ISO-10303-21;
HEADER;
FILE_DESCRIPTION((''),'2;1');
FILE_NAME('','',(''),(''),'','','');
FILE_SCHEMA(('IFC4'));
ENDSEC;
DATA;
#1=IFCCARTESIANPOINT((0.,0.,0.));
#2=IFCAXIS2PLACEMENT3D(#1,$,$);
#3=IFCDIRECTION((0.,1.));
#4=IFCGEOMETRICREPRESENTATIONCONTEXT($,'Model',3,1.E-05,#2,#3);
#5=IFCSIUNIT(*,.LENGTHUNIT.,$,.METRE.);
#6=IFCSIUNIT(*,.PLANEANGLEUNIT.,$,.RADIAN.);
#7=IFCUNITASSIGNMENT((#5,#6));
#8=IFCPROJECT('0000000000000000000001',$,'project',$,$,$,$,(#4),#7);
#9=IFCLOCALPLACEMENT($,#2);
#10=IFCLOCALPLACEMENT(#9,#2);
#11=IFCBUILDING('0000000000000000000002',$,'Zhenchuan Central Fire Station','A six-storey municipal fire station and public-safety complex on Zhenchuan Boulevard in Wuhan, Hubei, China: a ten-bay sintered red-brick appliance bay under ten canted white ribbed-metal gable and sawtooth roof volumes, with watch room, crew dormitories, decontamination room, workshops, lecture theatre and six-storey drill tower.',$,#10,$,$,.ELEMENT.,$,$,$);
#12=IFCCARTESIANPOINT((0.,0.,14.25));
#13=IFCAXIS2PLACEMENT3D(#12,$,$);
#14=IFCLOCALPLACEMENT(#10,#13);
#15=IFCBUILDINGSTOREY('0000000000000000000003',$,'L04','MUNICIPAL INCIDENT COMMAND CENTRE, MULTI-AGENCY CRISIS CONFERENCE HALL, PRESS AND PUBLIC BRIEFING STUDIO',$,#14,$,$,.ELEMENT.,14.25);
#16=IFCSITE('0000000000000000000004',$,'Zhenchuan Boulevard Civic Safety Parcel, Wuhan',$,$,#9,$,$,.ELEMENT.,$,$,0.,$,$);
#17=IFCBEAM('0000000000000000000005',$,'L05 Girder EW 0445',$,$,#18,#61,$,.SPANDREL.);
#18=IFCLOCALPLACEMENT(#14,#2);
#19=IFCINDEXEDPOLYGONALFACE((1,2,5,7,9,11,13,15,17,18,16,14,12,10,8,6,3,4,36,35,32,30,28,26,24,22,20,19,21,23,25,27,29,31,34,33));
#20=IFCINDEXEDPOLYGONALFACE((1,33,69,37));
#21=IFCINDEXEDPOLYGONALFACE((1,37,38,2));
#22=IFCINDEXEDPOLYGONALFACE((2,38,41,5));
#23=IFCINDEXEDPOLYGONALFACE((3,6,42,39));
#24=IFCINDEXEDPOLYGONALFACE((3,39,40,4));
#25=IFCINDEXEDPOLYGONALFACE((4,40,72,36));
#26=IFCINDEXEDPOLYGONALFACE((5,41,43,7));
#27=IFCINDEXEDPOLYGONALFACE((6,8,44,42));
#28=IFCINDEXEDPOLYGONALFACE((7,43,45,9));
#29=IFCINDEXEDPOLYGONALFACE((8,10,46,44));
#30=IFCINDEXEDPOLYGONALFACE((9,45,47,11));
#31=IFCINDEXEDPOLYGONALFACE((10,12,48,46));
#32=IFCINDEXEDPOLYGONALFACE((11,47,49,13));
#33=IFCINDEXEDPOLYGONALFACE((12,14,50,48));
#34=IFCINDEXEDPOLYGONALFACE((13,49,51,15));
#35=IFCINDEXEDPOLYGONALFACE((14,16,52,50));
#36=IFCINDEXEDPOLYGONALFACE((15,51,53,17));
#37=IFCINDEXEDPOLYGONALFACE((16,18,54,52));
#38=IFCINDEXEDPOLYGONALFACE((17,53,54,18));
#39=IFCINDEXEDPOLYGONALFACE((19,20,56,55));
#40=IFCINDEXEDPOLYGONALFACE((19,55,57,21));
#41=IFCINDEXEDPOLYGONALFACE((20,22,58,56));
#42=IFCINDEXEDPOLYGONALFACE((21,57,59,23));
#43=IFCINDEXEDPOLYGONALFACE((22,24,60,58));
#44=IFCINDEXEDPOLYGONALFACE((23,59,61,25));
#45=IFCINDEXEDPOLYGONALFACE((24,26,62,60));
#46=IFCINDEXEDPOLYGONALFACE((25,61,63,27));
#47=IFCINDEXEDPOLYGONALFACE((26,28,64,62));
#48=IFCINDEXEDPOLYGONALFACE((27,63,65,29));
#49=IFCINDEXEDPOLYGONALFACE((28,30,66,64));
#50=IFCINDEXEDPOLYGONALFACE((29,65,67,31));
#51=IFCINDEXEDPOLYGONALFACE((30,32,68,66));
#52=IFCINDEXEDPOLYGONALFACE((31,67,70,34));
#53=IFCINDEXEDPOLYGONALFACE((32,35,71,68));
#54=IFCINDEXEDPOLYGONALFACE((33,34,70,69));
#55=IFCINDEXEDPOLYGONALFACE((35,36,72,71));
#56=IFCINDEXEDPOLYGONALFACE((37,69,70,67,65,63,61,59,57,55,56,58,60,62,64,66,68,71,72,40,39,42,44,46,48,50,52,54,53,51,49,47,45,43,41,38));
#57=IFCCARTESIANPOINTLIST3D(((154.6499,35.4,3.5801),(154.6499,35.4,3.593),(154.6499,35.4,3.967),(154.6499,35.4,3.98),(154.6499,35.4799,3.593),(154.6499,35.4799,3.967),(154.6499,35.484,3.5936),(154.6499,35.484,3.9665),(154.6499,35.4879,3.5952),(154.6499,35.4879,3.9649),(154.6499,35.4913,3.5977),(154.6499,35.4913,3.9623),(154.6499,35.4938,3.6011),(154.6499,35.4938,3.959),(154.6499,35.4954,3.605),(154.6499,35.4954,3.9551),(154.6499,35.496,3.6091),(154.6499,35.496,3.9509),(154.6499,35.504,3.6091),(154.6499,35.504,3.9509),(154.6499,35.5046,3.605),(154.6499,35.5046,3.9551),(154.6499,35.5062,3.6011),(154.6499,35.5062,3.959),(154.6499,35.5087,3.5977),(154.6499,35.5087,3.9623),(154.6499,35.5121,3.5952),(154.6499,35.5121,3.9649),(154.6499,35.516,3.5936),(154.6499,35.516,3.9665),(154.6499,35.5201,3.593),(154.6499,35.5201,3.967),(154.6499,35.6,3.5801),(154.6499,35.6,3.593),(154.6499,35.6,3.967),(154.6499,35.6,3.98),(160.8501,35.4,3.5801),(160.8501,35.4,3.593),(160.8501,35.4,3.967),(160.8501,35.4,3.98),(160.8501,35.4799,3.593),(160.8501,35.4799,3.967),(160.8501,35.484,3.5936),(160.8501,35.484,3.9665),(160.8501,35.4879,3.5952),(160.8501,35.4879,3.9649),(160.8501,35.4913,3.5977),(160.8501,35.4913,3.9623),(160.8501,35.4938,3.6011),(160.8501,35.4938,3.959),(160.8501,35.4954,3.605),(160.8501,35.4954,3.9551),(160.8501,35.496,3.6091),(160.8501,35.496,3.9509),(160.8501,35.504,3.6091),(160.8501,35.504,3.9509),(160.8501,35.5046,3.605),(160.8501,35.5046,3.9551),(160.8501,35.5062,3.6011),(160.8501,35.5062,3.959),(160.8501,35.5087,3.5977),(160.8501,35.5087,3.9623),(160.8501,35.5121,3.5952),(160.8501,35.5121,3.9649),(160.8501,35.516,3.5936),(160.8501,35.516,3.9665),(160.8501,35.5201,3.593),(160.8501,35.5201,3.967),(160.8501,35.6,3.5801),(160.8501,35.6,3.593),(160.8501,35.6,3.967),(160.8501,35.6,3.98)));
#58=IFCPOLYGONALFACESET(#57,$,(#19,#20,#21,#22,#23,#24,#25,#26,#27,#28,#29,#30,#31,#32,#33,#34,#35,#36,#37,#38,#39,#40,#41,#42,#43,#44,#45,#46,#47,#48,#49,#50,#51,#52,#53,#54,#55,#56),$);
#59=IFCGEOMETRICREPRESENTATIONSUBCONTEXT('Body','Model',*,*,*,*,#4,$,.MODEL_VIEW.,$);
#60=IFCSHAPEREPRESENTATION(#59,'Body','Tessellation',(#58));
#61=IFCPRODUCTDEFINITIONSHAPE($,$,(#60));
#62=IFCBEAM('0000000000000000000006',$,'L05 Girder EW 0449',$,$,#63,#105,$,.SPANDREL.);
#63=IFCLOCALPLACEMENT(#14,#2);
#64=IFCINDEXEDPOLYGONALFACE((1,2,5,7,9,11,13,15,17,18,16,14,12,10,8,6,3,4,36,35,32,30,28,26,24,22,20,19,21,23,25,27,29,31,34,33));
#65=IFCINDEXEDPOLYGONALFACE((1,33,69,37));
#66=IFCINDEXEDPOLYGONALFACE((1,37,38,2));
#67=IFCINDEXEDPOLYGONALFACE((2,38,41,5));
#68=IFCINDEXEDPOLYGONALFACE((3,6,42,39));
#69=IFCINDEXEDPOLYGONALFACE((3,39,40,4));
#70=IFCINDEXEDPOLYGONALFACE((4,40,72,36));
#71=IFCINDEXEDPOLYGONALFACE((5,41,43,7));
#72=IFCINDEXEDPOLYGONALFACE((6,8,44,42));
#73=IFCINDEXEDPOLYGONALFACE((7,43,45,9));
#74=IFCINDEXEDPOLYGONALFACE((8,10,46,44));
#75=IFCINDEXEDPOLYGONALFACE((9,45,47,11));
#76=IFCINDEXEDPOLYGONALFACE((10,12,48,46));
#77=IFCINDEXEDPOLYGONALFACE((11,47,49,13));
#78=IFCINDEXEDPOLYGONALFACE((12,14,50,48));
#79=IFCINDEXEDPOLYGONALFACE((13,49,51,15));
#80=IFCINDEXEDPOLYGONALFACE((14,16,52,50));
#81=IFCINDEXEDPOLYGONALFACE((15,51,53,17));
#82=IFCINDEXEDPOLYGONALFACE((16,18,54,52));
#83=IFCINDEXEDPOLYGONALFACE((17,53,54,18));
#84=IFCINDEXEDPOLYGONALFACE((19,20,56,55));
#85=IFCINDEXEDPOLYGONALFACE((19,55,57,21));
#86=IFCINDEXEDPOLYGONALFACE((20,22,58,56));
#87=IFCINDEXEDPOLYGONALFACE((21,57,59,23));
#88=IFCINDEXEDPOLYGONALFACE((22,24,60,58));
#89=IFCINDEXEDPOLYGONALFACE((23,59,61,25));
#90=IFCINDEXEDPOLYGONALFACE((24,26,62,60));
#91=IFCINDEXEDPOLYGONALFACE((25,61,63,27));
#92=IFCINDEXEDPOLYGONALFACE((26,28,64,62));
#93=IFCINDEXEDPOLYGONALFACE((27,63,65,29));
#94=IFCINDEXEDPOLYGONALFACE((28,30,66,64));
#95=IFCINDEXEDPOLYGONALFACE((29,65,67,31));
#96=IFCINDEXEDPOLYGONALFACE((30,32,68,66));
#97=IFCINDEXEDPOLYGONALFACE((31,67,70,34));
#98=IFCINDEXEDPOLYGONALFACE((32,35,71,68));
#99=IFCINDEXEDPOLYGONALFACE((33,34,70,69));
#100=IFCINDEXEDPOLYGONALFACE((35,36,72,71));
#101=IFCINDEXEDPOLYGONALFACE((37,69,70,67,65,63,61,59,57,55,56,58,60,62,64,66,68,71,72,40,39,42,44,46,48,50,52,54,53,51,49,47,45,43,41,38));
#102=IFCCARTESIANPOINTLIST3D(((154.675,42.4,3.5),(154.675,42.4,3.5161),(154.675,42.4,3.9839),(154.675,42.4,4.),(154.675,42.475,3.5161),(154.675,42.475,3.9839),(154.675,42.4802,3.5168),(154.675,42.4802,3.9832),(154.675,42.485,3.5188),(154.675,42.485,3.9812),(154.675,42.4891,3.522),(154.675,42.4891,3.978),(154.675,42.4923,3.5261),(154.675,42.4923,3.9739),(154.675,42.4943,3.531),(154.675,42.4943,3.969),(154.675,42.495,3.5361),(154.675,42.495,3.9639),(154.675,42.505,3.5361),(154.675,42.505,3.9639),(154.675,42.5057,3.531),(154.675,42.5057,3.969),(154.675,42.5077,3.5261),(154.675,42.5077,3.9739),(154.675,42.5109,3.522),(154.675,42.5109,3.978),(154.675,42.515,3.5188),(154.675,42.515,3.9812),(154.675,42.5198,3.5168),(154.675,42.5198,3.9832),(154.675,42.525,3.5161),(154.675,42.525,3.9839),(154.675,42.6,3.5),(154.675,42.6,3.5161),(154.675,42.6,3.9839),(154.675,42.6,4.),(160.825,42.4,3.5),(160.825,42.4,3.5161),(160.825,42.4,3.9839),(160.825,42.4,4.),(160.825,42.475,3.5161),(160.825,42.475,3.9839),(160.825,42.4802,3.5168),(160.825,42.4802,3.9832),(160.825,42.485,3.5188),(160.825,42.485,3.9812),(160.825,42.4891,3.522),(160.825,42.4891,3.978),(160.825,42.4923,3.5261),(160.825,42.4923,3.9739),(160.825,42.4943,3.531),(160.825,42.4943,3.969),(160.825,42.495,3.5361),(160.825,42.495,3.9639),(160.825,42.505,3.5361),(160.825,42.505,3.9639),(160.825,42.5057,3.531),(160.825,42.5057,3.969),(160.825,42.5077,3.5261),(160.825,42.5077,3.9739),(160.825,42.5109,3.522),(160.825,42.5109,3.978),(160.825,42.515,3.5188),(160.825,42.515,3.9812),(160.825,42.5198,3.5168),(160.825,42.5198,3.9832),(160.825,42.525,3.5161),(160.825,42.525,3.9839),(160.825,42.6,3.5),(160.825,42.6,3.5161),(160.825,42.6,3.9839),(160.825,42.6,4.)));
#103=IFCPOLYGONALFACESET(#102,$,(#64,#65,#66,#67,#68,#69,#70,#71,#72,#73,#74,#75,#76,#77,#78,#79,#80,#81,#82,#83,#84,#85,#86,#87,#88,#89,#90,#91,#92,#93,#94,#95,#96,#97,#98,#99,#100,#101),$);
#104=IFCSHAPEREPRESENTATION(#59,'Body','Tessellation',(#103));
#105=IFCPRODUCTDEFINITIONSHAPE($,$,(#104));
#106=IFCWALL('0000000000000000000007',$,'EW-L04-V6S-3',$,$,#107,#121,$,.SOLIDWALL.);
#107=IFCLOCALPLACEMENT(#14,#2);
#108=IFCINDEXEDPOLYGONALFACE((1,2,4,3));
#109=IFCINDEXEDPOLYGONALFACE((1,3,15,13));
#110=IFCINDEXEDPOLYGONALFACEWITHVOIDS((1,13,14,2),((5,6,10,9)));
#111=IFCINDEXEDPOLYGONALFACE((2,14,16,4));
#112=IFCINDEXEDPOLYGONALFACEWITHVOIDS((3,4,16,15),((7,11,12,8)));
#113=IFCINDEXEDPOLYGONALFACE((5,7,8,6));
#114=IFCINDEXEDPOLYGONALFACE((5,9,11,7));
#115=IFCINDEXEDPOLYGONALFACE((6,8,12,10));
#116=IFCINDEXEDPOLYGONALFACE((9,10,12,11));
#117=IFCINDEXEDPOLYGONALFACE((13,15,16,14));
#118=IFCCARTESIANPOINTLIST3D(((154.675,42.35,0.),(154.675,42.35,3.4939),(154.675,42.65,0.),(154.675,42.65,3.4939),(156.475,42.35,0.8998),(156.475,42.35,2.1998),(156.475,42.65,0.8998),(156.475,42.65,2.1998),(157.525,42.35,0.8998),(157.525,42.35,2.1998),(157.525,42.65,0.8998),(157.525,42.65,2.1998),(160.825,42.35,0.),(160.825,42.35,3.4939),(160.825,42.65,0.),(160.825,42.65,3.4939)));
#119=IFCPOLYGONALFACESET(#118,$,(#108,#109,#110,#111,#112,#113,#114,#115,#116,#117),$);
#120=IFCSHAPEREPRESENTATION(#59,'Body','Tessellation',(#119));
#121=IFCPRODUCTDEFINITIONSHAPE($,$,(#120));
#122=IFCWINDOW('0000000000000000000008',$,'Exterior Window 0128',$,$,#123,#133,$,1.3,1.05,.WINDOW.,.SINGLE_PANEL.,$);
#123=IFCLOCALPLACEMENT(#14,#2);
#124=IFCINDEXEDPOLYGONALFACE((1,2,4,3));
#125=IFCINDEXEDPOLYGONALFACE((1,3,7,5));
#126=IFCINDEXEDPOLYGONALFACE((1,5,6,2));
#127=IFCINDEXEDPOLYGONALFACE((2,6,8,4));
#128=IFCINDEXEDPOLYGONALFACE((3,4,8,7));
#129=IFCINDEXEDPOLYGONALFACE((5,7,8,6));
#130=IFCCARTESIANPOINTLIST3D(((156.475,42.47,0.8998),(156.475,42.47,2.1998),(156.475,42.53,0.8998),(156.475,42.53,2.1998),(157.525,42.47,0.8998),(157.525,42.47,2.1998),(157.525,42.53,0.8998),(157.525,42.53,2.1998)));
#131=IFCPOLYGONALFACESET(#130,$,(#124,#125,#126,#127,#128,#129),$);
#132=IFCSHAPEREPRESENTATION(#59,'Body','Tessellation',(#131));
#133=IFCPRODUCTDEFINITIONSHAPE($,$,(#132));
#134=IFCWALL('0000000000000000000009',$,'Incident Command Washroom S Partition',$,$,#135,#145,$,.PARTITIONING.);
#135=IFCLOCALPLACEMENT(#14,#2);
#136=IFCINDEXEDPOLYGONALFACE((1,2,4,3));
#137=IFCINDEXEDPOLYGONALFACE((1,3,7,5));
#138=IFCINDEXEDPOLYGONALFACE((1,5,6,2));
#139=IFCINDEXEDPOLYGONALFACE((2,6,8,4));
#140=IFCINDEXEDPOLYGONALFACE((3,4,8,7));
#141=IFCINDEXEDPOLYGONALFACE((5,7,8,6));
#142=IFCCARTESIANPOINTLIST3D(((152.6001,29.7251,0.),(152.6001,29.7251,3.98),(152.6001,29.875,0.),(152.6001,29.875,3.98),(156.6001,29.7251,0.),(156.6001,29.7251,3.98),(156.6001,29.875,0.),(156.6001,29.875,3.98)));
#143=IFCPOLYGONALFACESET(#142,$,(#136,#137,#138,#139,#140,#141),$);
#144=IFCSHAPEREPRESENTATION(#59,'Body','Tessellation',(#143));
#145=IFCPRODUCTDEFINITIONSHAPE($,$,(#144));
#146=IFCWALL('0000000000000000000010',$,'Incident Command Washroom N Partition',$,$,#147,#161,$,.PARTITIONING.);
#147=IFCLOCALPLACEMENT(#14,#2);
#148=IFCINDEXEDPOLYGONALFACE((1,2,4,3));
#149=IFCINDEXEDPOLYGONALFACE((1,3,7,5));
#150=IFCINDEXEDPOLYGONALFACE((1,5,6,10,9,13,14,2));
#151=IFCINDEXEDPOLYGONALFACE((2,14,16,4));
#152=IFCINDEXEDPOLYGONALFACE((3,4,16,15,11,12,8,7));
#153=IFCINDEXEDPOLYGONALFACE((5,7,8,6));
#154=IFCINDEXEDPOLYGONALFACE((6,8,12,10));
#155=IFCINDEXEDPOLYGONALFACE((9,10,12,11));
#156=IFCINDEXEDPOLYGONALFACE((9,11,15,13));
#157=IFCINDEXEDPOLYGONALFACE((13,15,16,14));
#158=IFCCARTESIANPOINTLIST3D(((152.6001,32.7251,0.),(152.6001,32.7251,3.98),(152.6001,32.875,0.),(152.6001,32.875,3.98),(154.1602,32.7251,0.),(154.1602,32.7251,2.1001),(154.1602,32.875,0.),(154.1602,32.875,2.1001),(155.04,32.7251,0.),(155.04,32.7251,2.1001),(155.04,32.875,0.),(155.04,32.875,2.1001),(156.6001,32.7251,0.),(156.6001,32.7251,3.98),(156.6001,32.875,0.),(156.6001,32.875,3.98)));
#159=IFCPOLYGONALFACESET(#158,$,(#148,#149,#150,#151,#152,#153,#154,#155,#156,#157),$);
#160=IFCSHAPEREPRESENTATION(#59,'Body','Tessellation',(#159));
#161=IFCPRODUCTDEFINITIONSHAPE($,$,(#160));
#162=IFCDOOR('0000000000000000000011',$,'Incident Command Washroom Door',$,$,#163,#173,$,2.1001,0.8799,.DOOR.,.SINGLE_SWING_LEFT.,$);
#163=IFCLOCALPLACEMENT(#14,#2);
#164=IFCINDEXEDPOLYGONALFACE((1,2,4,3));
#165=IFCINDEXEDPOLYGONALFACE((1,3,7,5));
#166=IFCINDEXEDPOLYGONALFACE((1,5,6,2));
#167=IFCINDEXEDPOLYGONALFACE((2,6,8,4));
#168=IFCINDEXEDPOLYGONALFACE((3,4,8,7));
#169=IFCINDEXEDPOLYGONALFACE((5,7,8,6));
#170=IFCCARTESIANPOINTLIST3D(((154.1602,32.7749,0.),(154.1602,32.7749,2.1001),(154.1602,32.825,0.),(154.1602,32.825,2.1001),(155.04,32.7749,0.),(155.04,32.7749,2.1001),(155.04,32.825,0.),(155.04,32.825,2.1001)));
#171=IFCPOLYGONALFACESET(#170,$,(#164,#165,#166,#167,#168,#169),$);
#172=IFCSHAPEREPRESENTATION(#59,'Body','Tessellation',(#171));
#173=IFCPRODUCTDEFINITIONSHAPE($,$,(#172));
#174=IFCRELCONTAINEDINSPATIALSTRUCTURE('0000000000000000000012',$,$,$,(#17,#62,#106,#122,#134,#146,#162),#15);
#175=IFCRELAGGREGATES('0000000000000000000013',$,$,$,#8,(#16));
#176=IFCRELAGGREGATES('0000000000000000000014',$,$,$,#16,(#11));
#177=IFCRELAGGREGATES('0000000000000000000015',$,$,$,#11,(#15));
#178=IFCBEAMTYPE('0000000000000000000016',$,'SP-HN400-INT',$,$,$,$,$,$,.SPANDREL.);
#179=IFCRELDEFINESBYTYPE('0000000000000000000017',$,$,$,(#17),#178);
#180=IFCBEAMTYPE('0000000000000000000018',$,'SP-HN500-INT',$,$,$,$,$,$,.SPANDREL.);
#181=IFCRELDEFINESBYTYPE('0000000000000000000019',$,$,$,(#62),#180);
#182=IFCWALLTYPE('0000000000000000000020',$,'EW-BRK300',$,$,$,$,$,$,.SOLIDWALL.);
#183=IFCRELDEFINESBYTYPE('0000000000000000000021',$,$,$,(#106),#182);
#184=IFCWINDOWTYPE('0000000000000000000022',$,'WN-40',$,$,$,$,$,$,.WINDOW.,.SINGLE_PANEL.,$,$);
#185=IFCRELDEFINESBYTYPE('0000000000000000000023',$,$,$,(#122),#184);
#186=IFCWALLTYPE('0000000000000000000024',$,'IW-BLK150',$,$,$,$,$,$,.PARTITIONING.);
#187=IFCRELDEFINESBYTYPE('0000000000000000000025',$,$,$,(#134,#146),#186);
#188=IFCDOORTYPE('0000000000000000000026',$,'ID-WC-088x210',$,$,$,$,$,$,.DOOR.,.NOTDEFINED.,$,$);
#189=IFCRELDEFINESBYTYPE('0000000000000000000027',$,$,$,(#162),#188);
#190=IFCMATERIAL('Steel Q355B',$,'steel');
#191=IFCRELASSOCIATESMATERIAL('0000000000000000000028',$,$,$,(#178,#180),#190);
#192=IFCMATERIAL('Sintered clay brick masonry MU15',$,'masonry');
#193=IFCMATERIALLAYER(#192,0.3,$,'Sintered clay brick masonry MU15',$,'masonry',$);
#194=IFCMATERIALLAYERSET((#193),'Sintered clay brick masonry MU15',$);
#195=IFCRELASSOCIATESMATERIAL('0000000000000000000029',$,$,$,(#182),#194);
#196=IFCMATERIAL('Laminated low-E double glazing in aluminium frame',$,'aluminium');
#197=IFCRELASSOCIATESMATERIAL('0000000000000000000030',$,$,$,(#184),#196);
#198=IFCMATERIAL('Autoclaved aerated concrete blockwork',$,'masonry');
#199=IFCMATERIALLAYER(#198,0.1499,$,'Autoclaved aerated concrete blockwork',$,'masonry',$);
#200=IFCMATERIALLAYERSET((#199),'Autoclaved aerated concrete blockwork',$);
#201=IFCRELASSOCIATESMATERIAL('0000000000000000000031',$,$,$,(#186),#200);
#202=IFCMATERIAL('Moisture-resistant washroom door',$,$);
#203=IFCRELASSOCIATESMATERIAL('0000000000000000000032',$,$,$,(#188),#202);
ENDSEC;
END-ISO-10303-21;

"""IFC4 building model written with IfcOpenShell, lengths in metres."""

from ifc_helpers import new_model, si_unit, direction, frame, frame_2d, origin, origin_2d, place, context, subcontext, project, spatial, rectangle, i_section, extrude, material, layer, layer_set, material_profile, profile_set, type_object, element, fill, save


model = new_model("IFC4")

# Units and contexts
model_context = context("Model", 3, precision=1e-05, world=origin(), true_north=direction((0.0, 1.0)))
body_context = subcontext(model_context, "Body", "Model", "MODEL_VIEW")
ifc_project = project(units=[si_unit("LENGTHUNIT", "METRE"), si_unit("PLANEANGLEUNIT", "RADIAN")], contexts=[model_context])

# Site, building, storey
site_placement = place(None, origin())
site = spatial("IfcSite", under=ifc_project, at=site_placement, Name="Zhenchuan Boulevard Civic Safety Parcel, Wuhan", CompositionType="ELEMENT", RefElevation=0.0)
building_placement = place(site_placement, origin())
building = spatial("IfcBuilding", under=site, at=building_placement, Name="Zhenchuan Central Fire Station", Description="A six-storey municipal fire station and public-safety complex on Zhenchuan Boulevard in Wuhan, Hubei, China: a ten-bay sintered red-brick appliance bay under ten canted white ribbed-metal gable and sawtooth roof volumes, with watch room, crew dormitories, decontamination room, workshops, lecture theatre and six-storey drill tower.", CompositionType="ELEMENT")
storey_placement = place(building_placement, frame((0.0, 0.0, 14.25)))
storey = spatial("IfcBuildingStorey", under=building, at=storey_placement, Name="L04", Description="MUNICIPAL INCIDENT COMMAND CENTRE, MULTI-AGENCY CRISIS CONFERENCE HALL, PRESS AND PUBLIC BRIEFING STUDIO", CompositionType="ELEMENT", Elevation=14.25)

# Shared definitions
ifc_material_1 = material(Name="Steel Q355B", Category="steel")

# Beams
ifc_material_profile_1 = material_profile(ifc_material_1, i_section(OverallWidth=0.2, OverallDepth=0.3999, WebThickness=0.0081, FlangeThickness=0.0129, FilletRadius=0.0161, at=origin_2d()), Name="HN 400x200")
ifc_profile_set_1 = profile_set([ifc_material_profile_1], Name="Steel Q355B")
beam_type_1 = type_object("IfcBeamType", Name="SP-HN400-INT", PredefinedType="SPANDREL", material=ifc_profile_set_1)
beam_1_placement = place(storey_placement, frame((154.6499, 35.5, 3.78), z_axis=(1.0, 0.0, 0.0), x_axis=(0.0, 1.0, 0.0)))
element("IfcBeam", 1, at=beam_1_placement, inside=storey, type_object=beam_type_1, Name="L05 Girder EW 0445", PredefinedType="SPANDREL", context=body_context, shape_type="SweptSolid", body=[
    extrude(i_section(OverallWidth=0.2, OverallDepth=0.3999, WebThickness=0.0081, FlangeThickness=0.0129, FilletRadius=0.0161, at=origin_2d()), origin(), (0.0, 0.0, 1.0), 6.2002),
])
ifc_material_profile_2 = material_profile(ifc_material_1, i_section(OverallWidth=0.2, OverallDepth=0.5, WebThickness=0.01, FlangeThickness=0.0161, FilletRadius=0.02, at=origin_2d()), Name="HN 500x200")
ifc_profile_set_2 = profile_set([ifc_material_profile_2], Name="Steel Q355B")
beam_type_2 = type_object("IfcBeamType", Name="SP-HN500-INT", PredefinedType="SPANDREL", material=ifc_profile_set_2)
beam_2_placement = place(storey_placement, frame((154.675, 42.5, 3.75), z_axis=(1.0, 0.0, 0.0), x_axis=(0.0, 1.0, 0.0)))
element("IfcBeam", 2, at=beam_2_placement, inside=storey, type_object=beam_type_2, Name="L05 Girder EW 0449", PredefinedType="SPANDREL", context=body_context, shape_type="SweptSolid", body=[
    extrude(i_section(OverallWidth=0.2, OverallDepth=0.5, WebThickness=0.01, FlangeThickness=0.0161, FilletRadius=0.02, at=origin_2d()), origin(), (0.0, 0.0, 1.0), 6.1499),
])

# Wall, opening, window
ifc_material_2 = material(Name="Sintered clay brick masonry MU15", Category="masonry")
ifc_layer_1 = layer(ifc_material_2, 0.3, Name="Sintered clay brick masonry MU15", Category="masonry")
ifc_layer_set_1 = layer_set([ifc_layer_1], Name="Sintered clay brick masonry MU15")
wall_type_1 = type_object("IfcWallType", Name="EW-BRK300", PredefinedType="SOLIDWALL", material=ifc_layer_set_1)
wall_1_placement = place(storey_placement, frame((154.675, 42.5, 0.0), z_axis=(0.0, 0.0, 1.0), x_axis=(1.0, 0.0, 0.0)))
wall_1 = element("IfcWall", 3, at=wall_1_placement, inside=storey, type_object=wall_type_1, Name="EW-L04-V6S-3", PredefinedType="SOLIDWALL", context=body_context, shape_type="SweptSolid", body=[
    extrude(rectangle(XDim=6.1499, YDim=0.3, at=frame_2d((3.075, 0.0))), origin(), (0.0, 0.0, 1.0), 3.4939),
])
opening_1_placement = place(wall_1_placement, frame((1.8, 0.0, 0.8999)))
opening_1 = element("IfcOpeningElement", 4, at=opening_1_placement, cuts=wall_1, PredefinedType="OPENING", context=body_context, shape_type="SweptSolid", body=[
    extrude(rectangle(XDim=1.05, YDim=1.3, at=frame_2d((0.5249, 0.6499))), frame((0.0, 0.1599, 0.0), z_axis=(0.0, -1.0, 0.0), x_axis=(1.0, 0.0, 0.0)), (0.0, 0.0, 1.0), 0.3201),
])
ifc_material_3 = material(Name="Laminated low-E double glazing in aluminium frame", Category="aluminium")
window_type = type_object("IfcWindowType", Name="WN-40", PartitioningType="SINGLE_PANEL", PredefinedType="WINDOW", material=ifc_material_3)
window_placement = place(opening_1_placement, origin())
window = element("IfcWindow", 5, at=window_placement, inside=storey, type_object=window_type, Name="Exterior Window 0128", OverallHeight=1.3, OverallWidth=1.05, PartitioningType="SINGLE_PANEL", PredefinedType="WINDOW", context=body_context, shape_type="SweptSolid", body=[
    extrude(rectangle(XDim=1.05, YDim=1.3, at=frame_2d((0.5249, 0.6499))), frame((0.0, 0.03, 0.0), z_axis=(0.0, -1.0, 0.0), x_axis=(1.0, 0.0, 0.0)), (0.0, 0.0, 1.0), 0.0601),
])
fill(opening_1, window)

# Wall
ifc_material_4 = material(Name="Autoclaved aerated concrete blockwork", Category="masonry")
ifc_layer_2 = layer(ifc_material_4, 0.1499, Name="Autoclaved aerated concrete blockwork", Category="masonry")
ifc_layer_set_2 = layer_set([ifc_layer_2], Name="Autoclaved aerated concrete blockwork")
wall_type_2 = type_object("IfcWallType", Name="IW-BLK150", PredefinedType="PARTITIONING", material=ifc_layer_set_2)
wall_2_placement = place(storey_placement, frame((152.6001, 29.8, 0.0), z_axis=(0.0, 0.0, 1.0), x_axis=(1.0, 0.0, 0.0)))
element("IfcWall", 6, at=wall_2_placement, inside=storey, type_object=wall_type_2, Name="Incident Command Washroom S Partition", PredefinedType="PARTITIONING", context=body_context, shape_type="SweptSolid", body=[
    extrude(rectangle(XDim=4.0, YDim=0.1499, at=frame_2d((2.0, 0.0))), origin(), (0.0, 0.0, 1.0), 3.98),
])

# Wall, opening, door
wall_3_placement = place(storey_placement, frame((152.6001, 32.8, 0.0), z_axis=(0.0, 0.0, 1.0), x_axis=(1.0, 0.0, 0.0)))
wall_3 = element("IfcWall", 7, at=wall_3_placement, inside=storey, type_object=wall_type_2, Name="Incident Command Washroom N Partition", PredefinedType="PARTITIONING", context=body_context, shape_type="SweptSolid", body=[
    extrude(rectangle(XDim=4.0, YDim=0.1499, at=frame_2d((2.0, 0.0))), origin(), (0.0, 0.0, 1.0), 3.98),
])
opening_2_placement = place(wall_3_placement, frame((1.5601, 0.0, 0.0)))
opening_2 = element("IfcOpeningElement", 8, at=opening_2_placement, cuts=wall_3, PredefinedType="OPENING", context=body_context, shape_type="SweptSolid", body=[
    extrude(rectangle(XDim=0.8799, YDim=2.1001, at=frame_2d((0.4399, 1.05))), frame((0.0, 0.085, 0.0), z_axis=(0.0, -1.0, 0.0), x_axis=(1.0, 0.0, 0.0)), (0.0, 0.0, 1.0), 0.1699),
])
ifc_material_5 = material(Name="Moisture-resistant washroom door")
door_type_1 = type_object("IfcDoorType", Name="ID-WC-088x210", OperationType="NOTDEFINED", PredefinedType="DOOR", material=ifc_material_5)
door_1_placement = place(opening_2_placement, origin())
door_1 = element("IfcDoor", 9, at=door_1_placement, inside=storey, type_object=door_type_1, Name="Incident Command Washroom Door", OperationType="SINGLE_SWING_LEFT", OverallHeight=2.1001, OverallWidth=0.8799, PredefinedType="DOOR", context=body_context, shape_type="SweptSolid", body=[
    extrude(rectangle(XDim=0.8799, YDim=2.1001, at=frame_2d((0.4399, 1.05))), frame((0.0, 0.0249, 0.0), z_axis=(0.0, -1.0, 0.0), x_axis=(1.0, 0.0, 0.0)), (0.0, 0.0, 1.0), 0.05),
])
fill(opening_2, door_1)

save(model, "model.ifc")
